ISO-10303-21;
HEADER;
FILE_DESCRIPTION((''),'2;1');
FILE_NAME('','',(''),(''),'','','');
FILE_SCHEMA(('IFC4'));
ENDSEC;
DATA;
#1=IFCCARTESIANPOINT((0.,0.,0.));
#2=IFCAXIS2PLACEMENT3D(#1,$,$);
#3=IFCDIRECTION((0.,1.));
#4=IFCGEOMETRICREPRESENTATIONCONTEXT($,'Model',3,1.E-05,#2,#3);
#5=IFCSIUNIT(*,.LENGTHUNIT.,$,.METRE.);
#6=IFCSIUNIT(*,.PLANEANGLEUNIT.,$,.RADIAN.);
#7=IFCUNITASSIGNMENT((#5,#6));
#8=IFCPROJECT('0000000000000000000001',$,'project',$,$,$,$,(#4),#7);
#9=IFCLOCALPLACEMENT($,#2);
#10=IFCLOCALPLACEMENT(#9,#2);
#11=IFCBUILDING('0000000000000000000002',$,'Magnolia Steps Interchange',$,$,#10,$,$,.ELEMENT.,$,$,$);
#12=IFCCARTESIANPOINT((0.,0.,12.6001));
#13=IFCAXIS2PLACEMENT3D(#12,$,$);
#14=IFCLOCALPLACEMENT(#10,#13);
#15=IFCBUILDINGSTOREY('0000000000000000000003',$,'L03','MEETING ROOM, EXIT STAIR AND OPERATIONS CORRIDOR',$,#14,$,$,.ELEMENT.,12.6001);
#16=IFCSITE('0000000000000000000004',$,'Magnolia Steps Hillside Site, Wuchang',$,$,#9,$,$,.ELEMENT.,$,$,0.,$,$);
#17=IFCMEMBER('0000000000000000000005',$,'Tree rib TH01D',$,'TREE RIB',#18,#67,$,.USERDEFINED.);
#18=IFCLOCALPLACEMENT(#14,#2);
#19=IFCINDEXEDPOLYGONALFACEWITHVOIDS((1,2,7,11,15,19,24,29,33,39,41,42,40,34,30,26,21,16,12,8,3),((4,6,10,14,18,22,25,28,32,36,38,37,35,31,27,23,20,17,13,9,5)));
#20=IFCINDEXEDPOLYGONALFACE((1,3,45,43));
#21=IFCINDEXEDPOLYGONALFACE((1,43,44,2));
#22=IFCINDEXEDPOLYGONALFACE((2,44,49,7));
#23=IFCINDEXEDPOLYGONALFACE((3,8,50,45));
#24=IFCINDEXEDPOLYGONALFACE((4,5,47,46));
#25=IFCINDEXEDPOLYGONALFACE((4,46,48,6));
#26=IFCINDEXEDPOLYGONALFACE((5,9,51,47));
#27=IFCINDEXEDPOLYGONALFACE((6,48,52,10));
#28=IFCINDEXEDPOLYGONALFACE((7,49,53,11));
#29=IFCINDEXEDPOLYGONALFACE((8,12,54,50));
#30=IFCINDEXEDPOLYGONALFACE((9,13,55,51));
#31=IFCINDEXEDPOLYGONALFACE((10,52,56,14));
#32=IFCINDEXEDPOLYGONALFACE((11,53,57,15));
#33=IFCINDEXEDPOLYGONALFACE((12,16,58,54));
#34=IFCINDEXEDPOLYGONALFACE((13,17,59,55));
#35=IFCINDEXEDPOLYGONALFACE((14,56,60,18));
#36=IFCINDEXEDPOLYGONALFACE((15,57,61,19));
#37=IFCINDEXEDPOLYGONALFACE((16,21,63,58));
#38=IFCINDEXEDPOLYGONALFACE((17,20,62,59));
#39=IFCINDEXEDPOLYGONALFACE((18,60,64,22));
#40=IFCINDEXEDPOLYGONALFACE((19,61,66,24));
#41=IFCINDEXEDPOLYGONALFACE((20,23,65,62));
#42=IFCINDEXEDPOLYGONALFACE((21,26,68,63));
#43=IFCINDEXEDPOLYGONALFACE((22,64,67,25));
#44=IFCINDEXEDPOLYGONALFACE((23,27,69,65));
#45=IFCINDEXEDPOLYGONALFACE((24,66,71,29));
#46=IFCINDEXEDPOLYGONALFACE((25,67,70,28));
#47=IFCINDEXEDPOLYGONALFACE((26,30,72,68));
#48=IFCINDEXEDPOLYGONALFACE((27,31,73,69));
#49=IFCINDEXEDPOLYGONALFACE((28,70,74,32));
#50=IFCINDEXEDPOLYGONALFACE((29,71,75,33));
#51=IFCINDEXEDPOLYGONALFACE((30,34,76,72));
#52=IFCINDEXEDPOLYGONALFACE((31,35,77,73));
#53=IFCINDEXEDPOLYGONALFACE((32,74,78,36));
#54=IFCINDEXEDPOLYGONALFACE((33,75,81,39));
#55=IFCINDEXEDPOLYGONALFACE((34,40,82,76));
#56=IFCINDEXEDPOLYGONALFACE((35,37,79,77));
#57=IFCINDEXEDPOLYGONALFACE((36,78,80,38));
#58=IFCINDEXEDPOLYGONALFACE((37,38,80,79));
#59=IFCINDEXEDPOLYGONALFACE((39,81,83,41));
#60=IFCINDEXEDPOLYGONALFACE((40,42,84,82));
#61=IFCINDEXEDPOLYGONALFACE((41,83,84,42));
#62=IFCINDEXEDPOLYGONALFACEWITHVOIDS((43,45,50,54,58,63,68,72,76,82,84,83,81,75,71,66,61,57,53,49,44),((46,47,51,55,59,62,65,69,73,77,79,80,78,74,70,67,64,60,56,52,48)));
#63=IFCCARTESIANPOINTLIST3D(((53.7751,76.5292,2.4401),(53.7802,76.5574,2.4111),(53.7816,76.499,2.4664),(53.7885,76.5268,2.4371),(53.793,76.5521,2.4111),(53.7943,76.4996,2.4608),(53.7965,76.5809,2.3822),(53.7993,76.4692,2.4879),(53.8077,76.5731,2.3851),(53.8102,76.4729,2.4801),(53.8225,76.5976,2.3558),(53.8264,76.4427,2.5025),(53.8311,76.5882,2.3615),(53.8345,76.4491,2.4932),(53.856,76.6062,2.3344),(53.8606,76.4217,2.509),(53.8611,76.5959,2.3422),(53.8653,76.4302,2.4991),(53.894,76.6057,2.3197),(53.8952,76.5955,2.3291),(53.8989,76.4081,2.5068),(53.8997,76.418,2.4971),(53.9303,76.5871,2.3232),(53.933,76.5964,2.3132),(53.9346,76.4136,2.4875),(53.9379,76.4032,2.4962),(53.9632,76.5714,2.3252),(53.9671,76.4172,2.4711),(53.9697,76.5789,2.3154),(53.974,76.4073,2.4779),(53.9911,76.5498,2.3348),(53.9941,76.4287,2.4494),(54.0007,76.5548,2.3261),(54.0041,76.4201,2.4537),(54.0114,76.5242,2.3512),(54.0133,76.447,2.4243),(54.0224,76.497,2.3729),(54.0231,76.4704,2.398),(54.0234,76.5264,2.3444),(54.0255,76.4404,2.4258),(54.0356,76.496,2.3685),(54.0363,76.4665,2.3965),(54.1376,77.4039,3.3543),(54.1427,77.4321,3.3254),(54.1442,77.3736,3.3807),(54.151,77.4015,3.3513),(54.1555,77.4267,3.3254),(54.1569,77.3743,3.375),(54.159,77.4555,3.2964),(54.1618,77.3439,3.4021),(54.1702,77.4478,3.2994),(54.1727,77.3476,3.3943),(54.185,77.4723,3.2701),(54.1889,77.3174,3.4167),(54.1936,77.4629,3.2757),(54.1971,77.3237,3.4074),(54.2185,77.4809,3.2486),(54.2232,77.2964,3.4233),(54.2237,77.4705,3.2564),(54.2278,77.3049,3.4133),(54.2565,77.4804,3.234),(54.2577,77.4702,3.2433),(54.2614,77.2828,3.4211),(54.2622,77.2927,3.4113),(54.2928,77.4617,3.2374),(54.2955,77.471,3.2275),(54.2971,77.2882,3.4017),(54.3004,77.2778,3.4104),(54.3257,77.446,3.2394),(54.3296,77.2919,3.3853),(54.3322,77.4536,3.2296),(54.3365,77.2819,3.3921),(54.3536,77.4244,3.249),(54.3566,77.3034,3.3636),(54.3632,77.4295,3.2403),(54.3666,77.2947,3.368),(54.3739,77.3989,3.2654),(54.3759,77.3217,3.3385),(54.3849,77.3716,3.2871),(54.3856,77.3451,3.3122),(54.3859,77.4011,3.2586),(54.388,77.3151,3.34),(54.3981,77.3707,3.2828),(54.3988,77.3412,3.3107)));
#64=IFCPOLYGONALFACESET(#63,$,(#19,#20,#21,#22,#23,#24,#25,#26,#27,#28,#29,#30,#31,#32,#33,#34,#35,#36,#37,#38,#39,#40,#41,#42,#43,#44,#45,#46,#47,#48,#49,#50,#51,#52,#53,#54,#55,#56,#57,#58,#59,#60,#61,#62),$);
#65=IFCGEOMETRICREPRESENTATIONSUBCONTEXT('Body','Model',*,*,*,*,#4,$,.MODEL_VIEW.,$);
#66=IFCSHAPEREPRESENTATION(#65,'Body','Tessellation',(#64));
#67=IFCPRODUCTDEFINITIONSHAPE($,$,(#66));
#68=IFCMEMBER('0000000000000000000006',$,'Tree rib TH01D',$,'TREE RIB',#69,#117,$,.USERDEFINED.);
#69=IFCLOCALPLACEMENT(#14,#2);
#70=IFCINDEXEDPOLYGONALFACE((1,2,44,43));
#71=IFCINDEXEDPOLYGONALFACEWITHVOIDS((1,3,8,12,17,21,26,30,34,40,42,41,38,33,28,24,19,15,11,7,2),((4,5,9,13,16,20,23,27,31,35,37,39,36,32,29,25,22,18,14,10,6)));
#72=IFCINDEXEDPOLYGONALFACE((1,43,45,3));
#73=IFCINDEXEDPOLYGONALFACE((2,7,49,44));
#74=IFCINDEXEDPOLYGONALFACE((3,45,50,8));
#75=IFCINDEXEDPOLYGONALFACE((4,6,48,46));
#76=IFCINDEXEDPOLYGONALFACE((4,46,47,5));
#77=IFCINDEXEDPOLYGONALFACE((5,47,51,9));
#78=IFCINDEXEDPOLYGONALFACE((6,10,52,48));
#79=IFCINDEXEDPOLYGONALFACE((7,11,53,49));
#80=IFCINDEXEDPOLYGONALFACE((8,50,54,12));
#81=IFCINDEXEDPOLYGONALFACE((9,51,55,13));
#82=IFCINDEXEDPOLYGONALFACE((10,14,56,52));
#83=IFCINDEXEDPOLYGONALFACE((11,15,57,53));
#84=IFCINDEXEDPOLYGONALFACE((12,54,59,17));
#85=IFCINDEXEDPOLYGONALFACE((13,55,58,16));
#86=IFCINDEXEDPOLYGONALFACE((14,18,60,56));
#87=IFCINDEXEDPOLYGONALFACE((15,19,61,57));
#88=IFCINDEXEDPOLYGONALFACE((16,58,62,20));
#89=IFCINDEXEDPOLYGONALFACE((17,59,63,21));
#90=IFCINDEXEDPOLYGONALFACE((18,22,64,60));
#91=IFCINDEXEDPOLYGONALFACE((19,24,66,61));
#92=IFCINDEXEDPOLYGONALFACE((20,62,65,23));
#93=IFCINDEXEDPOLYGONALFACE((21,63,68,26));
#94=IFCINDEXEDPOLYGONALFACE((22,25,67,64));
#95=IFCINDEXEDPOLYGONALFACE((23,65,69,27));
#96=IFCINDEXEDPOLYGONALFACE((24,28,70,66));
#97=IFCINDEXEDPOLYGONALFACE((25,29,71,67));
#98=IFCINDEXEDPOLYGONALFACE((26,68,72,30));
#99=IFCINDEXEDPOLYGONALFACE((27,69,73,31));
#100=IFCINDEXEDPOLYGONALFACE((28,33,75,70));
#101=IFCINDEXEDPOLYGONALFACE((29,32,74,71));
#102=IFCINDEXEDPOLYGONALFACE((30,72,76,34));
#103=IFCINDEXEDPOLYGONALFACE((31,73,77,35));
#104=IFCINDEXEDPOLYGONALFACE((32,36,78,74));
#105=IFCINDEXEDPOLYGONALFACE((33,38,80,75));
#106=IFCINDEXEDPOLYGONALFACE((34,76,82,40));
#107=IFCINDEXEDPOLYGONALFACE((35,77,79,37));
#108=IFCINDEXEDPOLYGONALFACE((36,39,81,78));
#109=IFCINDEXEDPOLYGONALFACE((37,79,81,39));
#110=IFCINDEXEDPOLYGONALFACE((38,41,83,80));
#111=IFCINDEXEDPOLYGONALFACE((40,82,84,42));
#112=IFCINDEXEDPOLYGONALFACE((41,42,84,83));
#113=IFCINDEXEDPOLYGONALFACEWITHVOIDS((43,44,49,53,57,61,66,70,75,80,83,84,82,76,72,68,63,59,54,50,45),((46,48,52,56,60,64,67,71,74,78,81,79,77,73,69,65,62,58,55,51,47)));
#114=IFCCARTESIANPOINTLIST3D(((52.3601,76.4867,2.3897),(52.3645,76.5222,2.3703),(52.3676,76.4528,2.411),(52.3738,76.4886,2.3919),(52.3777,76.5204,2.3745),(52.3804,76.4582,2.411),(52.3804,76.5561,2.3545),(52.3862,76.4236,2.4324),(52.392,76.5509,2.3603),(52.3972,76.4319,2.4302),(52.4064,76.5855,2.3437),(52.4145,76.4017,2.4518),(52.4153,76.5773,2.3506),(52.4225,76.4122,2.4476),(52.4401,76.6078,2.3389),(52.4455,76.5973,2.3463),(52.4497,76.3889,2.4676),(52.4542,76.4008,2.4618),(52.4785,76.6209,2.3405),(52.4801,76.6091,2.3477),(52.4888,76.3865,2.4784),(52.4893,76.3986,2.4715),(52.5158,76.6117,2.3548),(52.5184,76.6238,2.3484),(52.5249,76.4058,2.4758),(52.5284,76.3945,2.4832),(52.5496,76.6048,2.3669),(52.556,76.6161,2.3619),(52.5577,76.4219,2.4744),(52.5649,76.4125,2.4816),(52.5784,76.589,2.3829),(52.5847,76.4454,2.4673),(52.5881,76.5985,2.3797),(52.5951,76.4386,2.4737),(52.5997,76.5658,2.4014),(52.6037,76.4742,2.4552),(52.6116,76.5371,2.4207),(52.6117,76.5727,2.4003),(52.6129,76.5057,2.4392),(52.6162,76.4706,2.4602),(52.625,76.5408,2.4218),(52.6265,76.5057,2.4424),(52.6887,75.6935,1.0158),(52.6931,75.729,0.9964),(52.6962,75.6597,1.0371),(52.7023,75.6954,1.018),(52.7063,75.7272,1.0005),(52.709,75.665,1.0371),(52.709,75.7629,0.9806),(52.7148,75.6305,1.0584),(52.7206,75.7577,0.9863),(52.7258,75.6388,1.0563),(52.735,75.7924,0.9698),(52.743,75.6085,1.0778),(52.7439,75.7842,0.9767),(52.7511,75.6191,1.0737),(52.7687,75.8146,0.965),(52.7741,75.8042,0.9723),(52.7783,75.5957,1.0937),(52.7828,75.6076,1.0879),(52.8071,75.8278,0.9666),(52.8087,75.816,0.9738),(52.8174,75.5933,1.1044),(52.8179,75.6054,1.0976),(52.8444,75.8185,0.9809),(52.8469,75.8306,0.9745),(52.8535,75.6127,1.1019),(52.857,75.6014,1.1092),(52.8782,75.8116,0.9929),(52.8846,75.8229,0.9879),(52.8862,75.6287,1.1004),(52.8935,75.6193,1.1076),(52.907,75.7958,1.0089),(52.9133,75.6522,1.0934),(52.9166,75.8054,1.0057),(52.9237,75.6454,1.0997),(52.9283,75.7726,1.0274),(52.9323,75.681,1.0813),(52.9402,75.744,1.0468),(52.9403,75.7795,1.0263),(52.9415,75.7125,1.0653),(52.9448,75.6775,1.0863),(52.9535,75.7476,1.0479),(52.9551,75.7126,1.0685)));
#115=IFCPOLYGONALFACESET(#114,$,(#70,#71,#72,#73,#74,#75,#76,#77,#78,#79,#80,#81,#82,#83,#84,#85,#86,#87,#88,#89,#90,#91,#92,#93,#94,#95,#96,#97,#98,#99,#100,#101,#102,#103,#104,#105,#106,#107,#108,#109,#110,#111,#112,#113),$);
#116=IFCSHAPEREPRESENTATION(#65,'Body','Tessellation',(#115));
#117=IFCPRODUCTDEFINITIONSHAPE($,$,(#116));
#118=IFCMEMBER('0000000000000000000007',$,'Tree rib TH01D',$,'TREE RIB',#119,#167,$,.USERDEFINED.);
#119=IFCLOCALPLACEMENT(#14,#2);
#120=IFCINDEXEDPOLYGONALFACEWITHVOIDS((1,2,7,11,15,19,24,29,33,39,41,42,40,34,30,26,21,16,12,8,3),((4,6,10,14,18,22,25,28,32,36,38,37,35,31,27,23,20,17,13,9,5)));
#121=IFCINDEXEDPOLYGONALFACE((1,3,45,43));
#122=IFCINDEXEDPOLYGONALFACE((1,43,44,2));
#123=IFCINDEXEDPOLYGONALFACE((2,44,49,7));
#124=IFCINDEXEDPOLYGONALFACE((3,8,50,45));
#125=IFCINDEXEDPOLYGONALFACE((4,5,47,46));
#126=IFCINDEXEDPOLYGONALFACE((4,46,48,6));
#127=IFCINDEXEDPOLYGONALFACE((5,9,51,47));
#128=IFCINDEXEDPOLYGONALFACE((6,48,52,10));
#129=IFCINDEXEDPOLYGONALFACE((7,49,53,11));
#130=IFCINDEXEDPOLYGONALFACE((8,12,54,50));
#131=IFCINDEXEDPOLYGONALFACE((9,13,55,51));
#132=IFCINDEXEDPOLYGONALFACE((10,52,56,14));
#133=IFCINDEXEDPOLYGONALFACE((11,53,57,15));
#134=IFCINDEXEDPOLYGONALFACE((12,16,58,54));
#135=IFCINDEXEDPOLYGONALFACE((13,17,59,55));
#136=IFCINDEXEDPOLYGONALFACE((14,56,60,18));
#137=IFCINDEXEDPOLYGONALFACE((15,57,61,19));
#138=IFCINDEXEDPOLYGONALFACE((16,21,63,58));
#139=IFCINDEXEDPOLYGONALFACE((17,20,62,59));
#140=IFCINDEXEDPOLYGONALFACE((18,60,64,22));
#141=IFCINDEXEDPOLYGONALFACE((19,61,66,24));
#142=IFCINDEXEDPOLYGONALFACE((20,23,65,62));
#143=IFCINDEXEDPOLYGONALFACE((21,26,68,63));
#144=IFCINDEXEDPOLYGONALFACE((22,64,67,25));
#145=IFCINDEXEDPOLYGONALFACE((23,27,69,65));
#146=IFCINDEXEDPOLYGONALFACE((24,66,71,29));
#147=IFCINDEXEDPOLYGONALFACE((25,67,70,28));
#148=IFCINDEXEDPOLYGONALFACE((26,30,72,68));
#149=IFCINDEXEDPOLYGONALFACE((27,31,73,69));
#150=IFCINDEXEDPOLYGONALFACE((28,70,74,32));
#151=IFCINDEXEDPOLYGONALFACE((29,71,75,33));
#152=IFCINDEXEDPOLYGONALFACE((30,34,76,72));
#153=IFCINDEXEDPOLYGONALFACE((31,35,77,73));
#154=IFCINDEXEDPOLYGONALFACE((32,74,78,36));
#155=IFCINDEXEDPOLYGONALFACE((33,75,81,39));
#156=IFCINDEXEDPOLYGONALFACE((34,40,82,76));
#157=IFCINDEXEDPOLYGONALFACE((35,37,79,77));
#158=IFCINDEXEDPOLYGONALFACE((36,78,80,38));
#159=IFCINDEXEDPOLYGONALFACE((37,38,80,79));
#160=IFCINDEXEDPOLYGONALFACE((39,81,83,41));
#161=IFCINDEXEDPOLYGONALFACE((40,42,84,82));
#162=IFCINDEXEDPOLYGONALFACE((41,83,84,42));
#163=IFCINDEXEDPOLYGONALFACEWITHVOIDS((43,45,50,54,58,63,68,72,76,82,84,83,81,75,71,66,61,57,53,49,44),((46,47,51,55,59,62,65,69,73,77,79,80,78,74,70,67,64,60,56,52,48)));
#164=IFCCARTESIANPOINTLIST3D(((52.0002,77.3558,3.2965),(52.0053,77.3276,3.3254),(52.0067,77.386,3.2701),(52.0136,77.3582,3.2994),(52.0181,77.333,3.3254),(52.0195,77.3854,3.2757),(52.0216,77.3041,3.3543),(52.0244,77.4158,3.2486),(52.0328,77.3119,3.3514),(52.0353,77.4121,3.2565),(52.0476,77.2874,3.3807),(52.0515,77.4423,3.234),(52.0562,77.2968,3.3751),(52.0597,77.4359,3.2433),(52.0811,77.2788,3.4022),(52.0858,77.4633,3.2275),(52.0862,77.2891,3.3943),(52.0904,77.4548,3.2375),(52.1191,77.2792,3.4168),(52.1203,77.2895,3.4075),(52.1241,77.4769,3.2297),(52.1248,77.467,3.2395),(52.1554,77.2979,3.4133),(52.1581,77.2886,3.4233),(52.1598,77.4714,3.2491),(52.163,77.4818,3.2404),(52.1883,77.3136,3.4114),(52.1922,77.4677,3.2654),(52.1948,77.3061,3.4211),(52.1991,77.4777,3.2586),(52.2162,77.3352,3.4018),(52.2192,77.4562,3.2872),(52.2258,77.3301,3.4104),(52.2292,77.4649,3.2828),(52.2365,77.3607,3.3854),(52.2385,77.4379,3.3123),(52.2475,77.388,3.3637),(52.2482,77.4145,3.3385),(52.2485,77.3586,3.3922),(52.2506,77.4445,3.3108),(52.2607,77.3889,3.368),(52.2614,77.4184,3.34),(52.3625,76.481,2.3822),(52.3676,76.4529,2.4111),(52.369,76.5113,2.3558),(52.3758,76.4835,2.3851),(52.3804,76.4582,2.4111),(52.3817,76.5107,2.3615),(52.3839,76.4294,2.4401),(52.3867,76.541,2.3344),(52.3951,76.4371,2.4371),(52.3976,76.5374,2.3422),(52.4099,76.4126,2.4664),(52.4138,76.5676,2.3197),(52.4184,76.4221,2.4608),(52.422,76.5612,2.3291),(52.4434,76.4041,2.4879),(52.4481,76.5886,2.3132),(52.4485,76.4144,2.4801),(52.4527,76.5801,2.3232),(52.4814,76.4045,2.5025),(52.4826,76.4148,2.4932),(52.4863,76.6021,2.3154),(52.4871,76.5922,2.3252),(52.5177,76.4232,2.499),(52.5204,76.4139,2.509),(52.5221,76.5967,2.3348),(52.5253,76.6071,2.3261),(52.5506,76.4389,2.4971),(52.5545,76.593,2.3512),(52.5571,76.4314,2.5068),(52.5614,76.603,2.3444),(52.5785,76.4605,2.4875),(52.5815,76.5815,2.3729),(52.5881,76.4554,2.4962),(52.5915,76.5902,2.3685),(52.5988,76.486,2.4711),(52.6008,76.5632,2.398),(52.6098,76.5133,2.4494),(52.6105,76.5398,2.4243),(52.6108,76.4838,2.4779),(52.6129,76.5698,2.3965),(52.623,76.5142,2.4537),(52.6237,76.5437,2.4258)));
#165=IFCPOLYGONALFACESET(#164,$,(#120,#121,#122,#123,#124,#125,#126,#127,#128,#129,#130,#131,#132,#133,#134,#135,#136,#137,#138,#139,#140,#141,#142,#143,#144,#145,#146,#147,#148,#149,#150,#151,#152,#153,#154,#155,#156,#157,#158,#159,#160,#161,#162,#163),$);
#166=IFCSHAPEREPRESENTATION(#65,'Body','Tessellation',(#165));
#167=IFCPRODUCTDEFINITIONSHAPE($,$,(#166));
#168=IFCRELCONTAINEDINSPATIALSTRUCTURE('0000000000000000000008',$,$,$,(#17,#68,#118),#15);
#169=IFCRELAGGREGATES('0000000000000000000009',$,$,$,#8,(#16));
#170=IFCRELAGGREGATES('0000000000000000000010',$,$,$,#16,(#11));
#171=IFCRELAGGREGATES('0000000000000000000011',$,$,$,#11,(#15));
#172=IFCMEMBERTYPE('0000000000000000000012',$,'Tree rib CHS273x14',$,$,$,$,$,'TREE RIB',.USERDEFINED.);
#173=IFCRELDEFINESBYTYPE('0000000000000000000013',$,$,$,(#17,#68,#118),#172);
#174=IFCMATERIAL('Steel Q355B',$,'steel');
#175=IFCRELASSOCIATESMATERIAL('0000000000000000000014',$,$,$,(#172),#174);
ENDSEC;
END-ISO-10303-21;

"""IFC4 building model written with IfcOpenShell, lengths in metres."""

from ifc_helpers import new_model, si_unit, direction, frame, origin, origin_2d, place, context, subcontext, project, spatial, hollow_circle, extrude, material, material_profile, profile_set, type_object, element, save


model = new_model("IFC4")

# Units and contexts
model_context = context("Model", 3, precision=1e-05, world=origin(), true_north=direction((0.0, 1.0)))
body_context = subcontext(model_context, "Body", "Model", "MODEL_VIEW")
ifc_project = project(units=[si_unit("LENGTHUNIT", "METRE"), si_unit("PLANEANGLEUNIT", "RADIAN")], contexts=[model_context])

# Site, building, storey
site_placement = place(None, origin())
site = spatial("IfcSite", under=ifc_project, at=site_placement, Name="Magnolia Steps Hillside Site, Wuchang", CompositionType="ELEMENT", RefElevation=0.0)
building_placement = place(site_placement, origin())
building = spatial("IfcBuilding", under=site, at=building_placement, Name="Magnolia Steps Interchange", CompositionType="ELEMENT")
storey_placement = place(building_placement, frame((0.0, 0.0, 12.6001)))
storey = spatial("IfcBuildingStorey", under=building, at=storey_placement, Name="L03", Description="MEETING ROOM, EXIT STAIR AND OPERATIONS CORRIDOR", CompositionType="ELEMENT", Elevation=12.6001)

# Members
ifc_material_1 = material(Name="Steel Q355B", Category="steel")
ifc_material_profile_1 = material_profile(ifc_material_1, hollow_circle(Radius=0.1365, WallThickness=0.0139, at=origin_2d()), Name="CHS273x14")
ifc_profile_set_1 = profile_set([ifc_material_profile_1], Name="Steel Q355B")
member_type = type_object("IfcMemberType", Name="Tree rib CHS273x14", ElementType="TREE RIB", PredefinedType="USERDEFINED", material=ifc_profile_set_1)
member_1_placement = place(storey_placement, frame((53.9062, 76.5051, 2.4111), z_axis=(0.275434, 0.664566, 0.694613), x_axis=(-0.9238, 0.382876, 0.0)))
element("IfcMember", 1, at=member_1_placement, inside=storey, type_object=member_type, Name="Tree rib TH01D", ObjectType="TREE RIB", PredefinedType="USERDEFINED", context=body_context, shape_type="SweptSolid", body=[
    extrude(hollow_circle(Radius=0.1365, WallThickness=0.0139, at=origin_2d()), origin(), (0.0, 0.0, 1.0), 1.3162),
])
member_2_placement = place(storey_placement, frame((52.8223, 75.7119, 1.0371), z_axis=(-0.20282, 0.489571, 0.848047), x_axis=(-0.923857, -0.382737, 0.0)))
element("IfcMember", 2, at=member_2_placement, inside=storey, type_object=member_type, Name="Tree rib TH01D", ObjectType="TREE RIB", PredefinedType="USERDEFINED", context=body_context, shape_type="SweptSolid", body=[
    extrude(hollow_circle(Radius=0.1365, WallThickness=0.0139, at=origin_2d()), origin(), (0.0, 0.0, 1.0), 1.6201),
])
member_3_placement = place(storey_placement, frame((52.4937, 76.5051, 2.4111), z_axis=(-0.275263, 0.6646, 0.694649), x_axis=(-0.923891, -0.382655, 0.0)))
element("IfcMember", 3, at=member_3_placement, inside=storey, type_object=member_type, Name="Tree rib TH01D", ObjectType="TREE RIB", PredefinedType="USERDEFINED", context=body_context, shape_type="SweptSolid", body=[
    extrude(hollow_circle(Radius=0.1365, WallThickness=0.0139, at=origin_2d()), origin(), (0.0, 0.0, 1.0), 1.3162),
])

save(model, "model.ifc")
